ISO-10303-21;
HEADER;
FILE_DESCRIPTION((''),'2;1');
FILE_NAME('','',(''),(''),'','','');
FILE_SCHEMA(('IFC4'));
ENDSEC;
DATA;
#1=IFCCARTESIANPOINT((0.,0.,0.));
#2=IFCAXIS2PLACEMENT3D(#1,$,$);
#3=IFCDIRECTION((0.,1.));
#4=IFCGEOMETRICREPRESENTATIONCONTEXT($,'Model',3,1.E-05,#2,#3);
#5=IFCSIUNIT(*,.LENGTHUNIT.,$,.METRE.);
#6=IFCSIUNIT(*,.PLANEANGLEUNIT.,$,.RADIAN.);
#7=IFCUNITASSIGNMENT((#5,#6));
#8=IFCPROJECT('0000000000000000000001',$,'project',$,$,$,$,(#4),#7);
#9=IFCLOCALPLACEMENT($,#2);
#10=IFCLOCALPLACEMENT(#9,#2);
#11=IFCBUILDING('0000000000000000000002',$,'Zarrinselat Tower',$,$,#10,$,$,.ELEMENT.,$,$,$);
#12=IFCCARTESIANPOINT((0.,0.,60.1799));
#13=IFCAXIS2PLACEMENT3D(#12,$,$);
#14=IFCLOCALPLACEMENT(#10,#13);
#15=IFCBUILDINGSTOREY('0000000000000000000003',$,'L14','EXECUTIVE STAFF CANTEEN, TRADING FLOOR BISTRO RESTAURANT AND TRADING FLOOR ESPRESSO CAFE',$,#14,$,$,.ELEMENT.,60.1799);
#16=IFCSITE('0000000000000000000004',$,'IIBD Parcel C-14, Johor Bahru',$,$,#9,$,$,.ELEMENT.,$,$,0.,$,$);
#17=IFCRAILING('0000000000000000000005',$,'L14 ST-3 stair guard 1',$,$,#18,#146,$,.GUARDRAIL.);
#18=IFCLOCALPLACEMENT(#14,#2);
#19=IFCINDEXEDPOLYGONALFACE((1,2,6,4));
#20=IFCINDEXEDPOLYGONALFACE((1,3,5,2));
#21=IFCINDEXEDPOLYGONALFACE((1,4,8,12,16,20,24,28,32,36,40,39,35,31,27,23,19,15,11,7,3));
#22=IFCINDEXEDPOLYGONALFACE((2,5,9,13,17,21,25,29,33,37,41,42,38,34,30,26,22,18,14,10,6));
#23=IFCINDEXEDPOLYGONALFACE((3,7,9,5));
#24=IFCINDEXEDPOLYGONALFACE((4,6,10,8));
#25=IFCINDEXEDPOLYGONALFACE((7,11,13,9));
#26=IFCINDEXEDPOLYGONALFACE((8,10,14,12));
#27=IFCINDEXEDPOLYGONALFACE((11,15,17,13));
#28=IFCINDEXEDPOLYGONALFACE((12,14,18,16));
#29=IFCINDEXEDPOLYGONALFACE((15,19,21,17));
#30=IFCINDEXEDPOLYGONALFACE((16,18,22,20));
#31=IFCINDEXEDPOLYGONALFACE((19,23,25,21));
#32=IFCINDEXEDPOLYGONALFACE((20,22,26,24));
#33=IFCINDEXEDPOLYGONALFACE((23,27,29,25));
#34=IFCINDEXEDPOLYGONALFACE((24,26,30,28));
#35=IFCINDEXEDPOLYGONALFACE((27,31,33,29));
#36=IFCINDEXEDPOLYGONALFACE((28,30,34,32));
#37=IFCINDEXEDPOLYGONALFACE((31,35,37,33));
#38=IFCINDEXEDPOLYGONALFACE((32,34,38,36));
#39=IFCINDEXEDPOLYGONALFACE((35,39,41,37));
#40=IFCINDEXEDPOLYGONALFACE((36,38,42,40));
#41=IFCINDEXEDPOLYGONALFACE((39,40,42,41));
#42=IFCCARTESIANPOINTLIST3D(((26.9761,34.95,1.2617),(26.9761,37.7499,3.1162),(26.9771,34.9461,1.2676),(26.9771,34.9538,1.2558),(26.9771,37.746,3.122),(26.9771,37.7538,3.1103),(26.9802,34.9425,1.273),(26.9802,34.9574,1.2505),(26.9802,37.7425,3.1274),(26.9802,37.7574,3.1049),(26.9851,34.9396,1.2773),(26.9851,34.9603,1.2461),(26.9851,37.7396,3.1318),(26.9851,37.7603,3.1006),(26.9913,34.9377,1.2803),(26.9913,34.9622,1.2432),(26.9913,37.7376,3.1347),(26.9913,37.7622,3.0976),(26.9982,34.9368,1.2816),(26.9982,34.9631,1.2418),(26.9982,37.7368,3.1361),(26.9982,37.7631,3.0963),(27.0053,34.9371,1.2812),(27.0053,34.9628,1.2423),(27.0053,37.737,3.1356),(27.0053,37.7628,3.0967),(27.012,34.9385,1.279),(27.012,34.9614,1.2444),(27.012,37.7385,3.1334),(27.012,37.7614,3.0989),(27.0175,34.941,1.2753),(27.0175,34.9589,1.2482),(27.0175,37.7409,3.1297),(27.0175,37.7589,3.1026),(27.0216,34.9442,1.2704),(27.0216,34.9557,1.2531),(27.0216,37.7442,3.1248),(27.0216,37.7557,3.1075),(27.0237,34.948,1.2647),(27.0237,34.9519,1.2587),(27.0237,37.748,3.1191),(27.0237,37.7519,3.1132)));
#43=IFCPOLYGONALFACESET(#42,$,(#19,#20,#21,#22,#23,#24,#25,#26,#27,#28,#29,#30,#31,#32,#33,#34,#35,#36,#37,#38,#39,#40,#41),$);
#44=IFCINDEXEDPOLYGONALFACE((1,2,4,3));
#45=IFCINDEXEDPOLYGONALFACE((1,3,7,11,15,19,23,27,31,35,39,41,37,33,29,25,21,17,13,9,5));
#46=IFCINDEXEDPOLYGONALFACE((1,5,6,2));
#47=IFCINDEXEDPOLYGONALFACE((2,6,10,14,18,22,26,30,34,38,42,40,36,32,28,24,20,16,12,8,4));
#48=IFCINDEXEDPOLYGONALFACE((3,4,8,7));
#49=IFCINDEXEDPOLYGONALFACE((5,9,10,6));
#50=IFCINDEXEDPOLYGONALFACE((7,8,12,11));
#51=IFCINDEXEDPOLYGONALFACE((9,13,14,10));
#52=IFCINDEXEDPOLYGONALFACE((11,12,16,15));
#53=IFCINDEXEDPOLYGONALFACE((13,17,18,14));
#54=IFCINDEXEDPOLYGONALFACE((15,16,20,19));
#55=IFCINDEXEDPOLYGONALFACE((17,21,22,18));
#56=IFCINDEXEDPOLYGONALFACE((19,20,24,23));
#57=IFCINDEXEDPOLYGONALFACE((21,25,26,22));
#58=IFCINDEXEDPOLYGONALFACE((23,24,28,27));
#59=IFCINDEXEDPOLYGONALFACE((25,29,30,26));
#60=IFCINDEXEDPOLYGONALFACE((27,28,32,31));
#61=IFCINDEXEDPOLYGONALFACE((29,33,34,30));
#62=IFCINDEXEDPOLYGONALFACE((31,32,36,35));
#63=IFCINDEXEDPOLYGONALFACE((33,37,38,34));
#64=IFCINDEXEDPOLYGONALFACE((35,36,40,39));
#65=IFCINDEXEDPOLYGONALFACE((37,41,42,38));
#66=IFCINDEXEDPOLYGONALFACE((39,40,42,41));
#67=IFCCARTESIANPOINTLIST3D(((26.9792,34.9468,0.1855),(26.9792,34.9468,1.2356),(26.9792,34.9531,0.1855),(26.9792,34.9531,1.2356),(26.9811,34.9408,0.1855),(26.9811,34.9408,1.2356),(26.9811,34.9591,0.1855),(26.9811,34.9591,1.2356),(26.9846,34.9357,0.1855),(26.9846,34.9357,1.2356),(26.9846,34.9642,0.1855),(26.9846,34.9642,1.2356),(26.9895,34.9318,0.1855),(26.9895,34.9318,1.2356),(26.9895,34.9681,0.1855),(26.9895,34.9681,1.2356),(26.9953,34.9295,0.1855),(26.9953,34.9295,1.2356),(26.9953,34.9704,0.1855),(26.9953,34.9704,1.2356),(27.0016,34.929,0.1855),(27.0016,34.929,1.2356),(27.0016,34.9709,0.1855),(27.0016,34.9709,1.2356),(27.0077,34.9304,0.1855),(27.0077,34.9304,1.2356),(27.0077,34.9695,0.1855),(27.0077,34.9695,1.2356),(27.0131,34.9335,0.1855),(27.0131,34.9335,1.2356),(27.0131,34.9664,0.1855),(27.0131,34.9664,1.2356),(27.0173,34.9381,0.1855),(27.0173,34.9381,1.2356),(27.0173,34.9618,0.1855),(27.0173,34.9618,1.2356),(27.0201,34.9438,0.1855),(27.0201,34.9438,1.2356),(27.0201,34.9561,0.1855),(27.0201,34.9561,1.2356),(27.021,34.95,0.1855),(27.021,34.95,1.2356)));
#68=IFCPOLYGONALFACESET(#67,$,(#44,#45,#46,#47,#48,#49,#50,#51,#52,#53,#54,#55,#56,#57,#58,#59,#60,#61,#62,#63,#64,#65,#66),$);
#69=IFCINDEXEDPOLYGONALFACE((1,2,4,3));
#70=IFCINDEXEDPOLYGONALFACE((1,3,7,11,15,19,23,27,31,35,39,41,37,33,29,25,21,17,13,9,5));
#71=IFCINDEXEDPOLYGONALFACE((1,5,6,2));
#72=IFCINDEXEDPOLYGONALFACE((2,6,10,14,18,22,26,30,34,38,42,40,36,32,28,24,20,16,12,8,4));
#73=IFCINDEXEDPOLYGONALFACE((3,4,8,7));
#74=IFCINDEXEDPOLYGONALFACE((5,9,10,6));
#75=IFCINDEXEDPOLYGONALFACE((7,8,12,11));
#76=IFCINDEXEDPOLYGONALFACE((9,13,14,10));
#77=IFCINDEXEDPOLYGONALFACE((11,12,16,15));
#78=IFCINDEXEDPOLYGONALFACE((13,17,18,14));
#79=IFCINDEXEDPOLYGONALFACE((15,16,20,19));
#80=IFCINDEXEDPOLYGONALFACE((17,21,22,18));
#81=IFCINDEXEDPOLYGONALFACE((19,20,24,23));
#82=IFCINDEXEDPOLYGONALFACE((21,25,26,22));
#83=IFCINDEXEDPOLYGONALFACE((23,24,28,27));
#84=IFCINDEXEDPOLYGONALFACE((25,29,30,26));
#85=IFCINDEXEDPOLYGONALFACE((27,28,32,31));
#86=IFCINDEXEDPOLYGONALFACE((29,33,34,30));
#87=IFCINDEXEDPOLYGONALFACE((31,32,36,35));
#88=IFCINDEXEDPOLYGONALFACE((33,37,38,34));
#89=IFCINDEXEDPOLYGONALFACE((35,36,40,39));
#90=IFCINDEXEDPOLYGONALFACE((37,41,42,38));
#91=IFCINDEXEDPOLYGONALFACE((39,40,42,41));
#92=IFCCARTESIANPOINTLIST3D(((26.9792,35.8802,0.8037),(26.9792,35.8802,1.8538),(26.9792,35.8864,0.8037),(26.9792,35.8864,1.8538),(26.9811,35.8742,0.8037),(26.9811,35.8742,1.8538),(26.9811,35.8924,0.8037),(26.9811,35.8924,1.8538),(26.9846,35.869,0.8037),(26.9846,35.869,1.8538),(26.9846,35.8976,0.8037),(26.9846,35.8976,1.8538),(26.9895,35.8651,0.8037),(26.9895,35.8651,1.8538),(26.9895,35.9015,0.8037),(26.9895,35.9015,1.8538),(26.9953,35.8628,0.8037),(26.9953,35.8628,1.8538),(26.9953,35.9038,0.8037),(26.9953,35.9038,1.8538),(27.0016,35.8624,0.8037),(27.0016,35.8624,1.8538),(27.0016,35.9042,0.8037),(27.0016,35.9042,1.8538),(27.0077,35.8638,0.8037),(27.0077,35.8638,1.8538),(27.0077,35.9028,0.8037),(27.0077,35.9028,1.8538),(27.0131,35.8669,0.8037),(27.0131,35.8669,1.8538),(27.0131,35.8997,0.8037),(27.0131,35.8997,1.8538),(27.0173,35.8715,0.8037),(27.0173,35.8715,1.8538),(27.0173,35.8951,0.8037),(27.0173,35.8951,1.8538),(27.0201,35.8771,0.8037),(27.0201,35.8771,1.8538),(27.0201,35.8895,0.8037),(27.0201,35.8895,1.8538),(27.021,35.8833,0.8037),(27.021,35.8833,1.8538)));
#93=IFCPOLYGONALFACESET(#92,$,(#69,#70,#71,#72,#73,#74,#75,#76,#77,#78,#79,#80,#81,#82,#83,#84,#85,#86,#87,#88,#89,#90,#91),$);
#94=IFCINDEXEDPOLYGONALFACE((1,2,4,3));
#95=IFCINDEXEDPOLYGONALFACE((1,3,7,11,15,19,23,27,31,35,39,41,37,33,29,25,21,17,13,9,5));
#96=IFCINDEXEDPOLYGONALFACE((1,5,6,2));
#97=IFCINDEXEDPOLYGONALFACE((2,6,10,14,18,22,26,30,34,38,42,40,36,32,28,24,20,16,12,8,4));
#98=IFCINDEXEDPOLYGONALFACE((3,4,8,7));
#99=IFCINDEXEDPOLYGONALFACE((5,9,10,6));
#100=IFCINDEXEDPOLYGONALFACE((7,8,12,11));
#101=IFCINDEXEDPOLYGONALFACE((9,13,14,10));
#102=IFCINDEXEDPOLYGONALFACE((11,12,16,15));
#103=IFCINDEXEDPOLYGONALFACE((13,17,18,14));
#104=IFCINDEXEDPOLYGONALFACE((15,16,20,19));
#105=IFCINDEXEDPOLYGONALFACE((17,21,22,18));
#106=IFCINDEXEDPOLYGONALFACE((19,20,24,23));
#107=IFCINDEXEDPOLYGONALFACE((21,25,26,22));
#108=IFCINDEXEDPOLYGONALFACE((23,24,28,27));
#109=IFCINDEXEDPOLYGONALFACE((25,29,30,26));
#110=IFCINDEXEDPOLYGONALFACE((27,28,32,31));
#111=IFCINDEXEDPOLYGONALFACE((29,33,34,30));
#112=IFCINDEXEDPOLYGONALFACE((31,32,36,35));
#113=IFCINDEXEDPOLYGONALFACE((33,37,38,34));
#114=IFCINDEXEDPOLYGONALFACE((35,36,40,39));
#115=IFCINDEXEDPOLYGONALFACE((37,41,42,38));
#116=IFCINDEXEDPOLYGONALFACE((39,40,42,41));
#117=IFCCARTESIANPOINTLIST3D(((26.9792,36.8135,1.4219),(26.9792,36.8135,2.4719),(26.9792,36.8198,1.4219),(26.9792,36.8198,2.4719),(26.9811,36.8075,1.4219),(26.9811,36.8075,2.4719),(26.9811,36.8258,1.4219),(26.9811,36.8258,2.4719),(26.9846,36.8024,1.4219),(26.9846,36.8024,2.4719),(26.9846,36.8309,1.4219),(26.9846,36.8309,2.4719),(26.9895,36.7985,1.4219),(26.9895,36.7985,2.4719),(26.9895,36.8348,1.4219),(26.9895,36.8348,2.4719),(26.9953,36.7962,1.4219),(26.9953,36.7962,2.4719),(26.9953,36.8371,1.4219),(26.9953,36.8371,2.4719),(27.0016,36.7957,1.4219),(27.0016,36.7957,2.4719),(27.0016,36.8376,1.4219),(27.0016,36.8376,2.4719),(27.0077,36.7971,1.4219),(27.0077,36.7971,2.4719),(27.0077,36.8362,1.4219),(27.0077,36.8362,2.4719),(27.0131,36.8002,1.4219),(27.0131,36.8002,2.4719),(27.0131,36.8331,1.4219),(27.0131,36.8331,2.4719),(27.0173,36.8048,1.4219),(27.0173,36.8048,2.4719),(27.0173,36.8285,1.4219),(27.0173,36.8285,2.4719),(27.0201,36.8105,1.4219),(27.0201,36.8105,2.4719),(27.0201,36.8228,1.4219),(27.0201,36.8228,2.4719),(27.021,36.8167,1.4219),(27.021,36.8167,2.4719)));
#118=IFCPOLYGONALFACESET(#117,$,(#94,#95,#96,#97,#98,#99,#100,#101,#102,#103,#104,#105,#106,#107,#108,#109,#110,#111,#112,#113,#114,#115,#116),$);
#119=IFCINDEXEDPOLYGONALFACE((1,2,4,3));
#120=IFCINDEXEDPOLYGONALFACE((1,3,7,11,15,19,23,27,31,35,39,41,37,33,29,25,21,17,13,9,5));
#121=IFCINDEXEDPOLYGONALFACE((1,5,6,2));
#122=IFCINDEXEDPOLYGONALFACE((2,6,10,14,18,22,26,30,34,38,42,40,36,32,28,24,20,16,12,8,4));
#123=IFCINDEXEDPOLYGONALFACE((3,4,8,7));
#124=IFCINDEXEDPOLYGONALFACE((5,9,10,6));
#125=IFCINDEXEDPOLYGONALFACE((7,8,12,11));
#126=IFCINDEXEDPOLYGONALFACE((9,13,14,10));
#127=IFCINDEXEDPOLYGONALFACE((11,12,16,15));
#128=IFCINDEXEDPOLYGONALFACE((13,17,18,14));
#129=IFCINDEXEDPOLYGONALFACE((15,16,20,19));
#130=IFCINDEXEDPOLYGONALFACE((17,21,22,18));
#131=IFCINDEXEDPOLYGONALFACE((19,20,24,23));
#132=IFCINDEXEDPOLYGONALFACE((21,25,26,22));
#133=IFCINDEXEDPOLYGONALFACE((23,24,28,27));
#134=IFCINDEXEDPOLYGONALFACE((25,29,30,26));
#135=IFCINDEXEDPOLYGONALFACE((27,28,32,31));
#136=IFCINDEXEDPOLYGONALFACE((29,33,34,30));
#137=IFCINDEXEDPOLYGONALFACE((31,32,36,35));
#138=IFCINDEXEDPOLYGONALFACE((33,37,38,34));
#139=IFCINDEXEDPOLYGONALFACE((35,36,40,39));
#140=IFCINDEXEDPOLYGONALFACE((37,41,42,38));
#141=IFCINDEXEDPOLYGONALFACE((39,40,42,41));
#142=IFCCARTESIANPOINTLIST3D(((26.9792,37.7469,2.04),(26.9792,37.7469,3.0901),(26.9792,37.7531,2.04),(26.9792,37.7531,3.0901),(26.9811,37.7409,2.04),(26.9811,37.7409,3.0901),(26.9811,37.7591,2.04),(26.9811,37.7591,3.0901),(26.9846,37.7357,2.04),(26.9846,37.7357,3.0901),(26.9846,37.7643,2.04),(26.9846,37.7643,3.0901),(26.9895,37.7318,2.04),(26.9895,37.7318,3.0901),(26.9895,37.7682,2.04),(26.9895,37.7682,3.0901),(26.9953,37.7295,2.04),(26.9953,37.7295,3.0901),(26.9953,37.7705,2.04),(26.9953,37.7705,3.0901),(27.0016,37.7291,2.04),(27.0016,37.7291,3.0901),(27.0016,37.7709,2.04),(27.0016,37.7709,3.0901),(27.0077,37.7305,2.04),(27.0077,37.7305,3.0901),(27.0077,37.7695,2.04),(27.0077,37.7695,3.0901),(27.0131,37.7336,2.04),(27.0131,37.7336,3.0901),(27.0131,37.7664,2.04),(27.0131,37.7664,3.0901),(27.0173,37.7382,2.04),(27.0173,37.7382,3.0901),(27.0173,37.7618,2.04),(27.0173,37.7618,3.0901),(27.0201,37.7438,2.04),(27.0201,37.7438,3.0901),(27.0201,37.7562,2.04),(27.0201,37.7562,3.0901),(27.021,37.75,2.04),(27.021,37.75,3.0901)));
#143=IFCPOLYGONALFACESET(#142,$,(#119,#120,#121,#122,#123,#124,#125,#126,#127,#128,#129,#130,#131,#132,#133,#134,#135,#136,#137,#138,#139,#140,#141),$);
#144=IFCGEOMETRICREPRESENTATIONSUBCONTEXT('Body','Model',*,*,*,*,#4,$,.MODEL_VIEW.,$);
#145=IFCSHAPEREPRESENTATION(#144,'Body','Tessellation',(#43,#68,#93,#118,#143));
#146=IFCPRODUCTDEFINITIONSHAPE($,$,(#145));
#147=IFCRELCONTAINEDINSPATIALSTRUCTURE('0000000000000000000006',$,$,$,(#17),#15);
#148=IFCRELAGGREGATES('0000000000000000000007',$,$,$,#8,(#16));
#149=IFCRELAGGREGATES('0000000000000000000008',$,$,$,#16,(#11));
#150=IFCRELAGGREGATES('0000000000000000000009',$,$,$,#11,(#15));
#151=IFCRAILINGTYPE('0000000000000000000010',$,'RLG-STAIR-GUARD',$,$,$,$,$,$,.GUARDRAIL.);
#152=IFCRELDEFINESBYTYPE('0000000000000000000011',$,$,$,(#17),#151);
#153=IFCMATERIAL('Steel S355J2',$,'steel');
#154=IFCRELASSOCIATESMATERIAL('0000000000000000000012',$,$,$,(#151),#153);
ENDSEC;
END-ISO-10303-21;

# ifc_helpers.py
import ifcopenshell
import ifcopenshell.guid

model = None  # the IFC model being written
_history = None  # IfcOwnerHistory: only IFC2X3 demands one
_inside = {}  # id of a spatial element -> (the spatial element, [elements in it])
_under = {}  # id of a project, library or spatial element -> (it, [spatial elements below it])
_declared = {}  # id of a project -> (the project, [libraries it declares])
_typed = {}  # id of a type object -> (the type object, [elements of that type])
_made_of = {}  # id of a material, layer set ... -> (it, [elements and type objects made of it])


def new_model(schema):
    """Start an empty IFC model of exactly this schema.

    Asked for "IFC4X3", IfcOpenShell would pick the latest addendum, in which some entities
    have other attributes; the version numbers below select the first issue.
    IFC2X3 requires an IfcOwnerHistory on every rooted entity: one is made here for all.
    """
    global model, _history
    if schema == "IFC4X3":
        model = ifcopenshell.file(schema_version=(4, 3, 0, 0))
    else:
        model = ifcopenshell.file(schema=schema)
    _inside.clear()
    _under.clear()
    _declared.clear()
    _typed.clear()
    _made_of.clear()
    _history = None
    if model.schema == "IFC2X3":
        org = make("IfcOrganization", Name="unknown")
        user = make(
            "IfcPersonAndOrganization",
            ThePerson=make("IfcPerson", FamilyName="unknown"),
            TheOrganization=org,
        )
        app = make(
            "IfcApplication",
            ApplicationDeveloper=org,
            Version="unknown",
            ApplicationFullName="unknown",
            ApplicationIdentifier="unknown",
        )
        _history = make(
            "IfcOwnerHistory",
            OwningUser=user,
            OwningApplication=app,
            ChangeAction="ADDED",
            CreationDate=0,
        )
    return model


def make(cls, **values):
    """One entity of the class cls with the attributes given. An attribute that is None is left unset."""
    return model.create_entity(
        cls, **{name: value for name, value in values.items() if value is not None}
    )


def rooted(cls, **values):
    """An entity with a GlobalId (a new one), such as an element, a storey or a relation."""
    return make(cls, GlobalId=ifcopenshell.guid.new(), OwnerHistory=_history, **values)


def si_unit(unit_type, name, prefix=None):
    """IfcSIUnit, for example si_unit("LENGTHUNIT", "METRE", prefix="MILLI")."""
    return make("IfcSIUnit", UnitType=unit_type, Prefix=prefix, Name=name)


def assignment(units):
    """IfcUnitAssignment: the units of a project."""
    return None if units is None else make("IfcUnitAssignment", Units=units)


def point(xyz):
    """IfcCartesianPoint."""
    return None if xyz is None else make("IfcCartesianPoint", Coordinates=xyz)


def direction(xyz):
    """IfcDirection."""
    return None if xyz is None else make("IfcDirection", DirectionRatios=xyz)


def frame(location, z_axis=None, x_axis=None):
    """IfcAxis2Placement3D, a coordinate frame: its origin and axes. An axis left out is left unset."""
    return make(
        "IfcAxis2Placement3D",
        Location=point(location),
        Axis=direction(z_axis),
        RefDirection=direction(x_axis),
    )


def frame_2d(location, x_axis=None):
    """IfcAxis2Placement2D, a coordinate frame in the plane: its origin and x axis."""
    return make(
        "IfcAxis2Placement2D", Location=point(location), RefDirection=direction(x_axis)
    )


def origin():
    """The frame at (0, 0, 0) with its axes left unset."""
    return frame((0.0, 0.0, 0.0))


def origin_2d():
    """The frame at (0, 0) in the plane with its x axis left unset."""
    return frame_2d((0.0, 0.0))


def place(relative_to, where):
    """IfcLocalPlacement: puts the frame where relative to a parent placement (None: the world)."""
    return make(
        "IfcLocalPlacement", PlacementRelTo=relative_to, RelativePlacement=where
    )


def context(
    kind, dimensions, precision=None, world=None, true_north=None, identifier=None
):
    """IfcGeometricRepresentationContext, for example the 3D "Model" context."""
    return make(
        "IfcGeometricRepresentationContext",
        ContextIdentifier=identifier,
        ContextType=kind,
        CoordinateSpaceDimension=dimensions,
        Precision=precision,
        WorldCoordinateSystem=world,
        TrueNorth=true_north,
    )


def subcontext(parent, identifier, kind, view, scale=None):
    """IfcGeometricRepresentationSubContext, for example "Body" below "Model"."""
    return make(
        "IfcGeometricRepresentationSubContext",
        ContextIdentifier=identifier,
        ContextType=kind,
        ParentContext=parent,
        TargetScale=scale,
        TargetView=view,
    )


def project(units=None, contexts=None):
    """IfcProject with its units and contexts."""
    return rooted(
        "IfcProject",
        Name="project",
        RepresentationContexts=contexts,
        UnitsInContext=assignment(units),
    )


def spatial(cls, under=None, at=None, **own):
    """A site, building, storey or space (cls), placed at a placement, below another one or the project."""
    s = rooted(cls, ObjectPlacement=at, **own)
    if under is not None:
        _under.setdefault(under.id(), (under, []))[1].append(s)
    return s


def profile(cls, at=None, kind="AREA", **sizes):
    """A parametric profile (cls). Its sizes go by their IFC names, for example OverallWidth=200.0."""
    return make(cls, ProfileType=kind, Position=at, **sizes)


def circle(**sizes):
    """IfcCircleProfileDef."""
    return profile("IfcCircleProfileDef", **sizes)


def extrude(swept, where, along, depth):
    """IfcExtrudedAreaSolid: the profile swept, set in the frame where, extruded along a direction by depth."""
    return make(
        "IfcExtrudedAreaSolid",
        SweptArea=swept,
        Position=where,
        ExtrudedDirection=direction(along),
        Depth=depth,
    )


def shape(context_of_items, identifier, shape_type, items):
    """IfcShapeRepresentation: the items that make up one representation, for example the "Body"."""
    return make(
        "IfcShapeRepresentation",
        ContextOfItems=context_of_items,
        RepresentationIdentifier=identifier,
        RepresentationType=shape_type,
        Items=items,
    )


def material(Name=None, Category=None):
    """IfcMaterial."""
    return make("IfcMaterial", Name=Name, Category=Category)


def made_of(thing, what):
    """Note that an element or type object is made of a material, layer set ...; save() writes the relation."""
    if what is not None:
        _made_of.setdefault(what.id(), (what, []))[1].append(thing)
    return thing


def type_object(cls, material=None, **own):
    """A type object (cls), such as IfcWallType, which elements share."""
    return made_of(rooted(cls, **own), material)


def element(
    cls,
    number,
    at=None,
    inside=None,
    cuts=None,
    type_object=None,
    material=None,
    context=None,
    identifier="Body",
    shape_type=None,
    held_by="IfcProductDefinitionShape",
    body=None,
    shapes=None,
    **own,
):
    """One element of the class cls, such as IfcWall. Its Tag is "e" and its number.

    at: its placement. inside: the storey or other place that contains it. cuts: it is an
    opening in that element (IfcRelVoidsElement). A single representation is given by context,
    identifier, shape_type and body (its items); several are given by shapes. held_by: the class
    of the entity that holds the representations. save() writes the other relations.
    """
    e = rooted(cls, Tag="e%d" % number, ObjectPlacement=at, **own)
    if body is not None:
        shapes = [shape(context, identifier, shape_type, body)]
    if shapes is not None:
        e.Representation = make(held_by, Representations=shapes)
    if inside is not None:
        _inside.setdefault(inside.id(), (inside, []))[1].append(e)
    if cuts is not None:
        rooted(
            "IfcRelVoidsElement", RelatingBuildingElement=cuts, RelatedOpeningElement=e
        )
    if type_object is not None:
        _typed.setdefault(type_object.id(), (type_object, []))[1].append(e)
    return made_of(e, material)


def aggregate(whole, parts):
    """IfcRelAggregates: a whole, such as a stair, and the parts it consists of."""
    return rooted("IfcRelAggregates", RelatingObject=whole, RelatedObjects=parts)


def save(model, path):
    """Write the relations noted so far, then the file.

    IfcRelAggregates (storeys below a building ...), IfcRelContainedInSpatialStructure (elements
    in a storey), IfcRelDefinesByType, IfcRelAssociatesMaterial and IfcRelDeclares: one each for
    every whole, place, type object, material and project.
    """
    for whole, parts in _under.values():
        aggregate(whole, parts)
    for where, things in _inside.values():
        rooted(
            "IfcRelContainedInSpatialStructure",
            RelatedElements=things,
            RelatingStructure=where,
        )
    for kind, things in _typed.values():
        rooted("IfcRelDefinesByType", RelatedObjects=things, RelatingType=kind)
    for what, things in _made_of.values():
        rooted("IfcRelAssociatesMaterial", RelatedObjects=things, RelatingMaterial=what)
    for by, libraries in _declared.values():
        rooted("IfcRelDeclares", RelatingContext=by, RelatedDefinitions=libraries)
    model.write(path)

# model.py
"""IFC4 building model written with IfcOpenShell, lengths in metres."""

from ifc_helpers import new_model, si_unit, direction, frame, origin, origin_2d, place, context, subcontext, project, spatial, circle, extrude, material, type_object, element, save


model = new_model("IFC4")

# Units and contexts
model_context = context("Model", 3, precision=1e-05, world=origin(), true_north=direction((0.0, 1.0)))
body_context = subcontext(model_context, "Body", "Model", "MODEL_VIEW")
ifc_project = project(units=[si_unit("LENGTHUNIT", "METRE"), si_unit("PLANEANGLEUNIT", "RADIAN")], contexts=[model_context])

# Site, building, storey
site_placement = place(None, origin())
site = spatial("IfcSite", under=ifc_project, at=site_placement, Name="IIBD Parcel C-14, Johor Bahru", CompositionType="ELEMENT", RefElevation=0.0)
building_placement = place(site_placement, origin())
building = spatial("IfcBuilding", under=site, at=building_placement, Name="Zarrinselat Tower", CompositionType="ELEMENT")
storey_placement = place(building_placement, frame((0.0, 0.0, 60.1799)))
storey = spatial("IfcBuildingStorey", under=building, at=storey_placement, Name="L14", Description="EXECUTIVE STAFF CANTEEN, TRADING FLOOR BISTRO RESTAURANT AND TRADING FLOOR ESPRESSO CAFE", CompositionType="ELEMENT", Elevation=60.1799)

# Railing
ifc_material_1 = material(Name="Steel S355J2", Category="steel")
railing_type_1 = type_object("IfcRailingType", Name="RLG-STAIR-GUARD", PredefinedType="GUARDRAIL", material=ifc_material_1)
railing_1_placement = place(storey_placement, frame((27.0, 34.95, 0.1855)))
element("IfcRailing", 1, at=railing_1_placement, inside=storey, type_object=railing_type_1, Name="L14 ST-3 stair guard 1", PredefinedType="GUARDRAIL", context=body_context, shape_type="SweptSolid", body=[
    extrude(circle(Radius=0.0239, at=origin_2d()), frame((0.0, 0.0, 1.0762), z_axis=(0.0, 0.833724, 0.552181), x_axis=(-1.0, 0.0, 0.0)), (0.0, 0.0, 1.0), 3.3584),
    extrude(circle(Radius=0.021, at=origin_2d()), origin(), (0.0, 0.0, 1.0), 1.05),
    extrude(circle(Radius=0.021, at=origin_2d()), frame((0.0, 0.9333, 0.6182)), (0.0, 0.0, 1.0), 1.05),
    extrude(circle(Radius=0.021, at=origin_2d()), frame((0.0, 1.8667, 1.2363)), (0.0, 0.0, 1.0), 1.05),
    extrude(circle(Radius=0.021, at=origin_2d()), frame((0.0, 2.8, 1.8545)), (0.0, 0.0, 1.0), 1.05),
])

save(model, "model.ifc")
